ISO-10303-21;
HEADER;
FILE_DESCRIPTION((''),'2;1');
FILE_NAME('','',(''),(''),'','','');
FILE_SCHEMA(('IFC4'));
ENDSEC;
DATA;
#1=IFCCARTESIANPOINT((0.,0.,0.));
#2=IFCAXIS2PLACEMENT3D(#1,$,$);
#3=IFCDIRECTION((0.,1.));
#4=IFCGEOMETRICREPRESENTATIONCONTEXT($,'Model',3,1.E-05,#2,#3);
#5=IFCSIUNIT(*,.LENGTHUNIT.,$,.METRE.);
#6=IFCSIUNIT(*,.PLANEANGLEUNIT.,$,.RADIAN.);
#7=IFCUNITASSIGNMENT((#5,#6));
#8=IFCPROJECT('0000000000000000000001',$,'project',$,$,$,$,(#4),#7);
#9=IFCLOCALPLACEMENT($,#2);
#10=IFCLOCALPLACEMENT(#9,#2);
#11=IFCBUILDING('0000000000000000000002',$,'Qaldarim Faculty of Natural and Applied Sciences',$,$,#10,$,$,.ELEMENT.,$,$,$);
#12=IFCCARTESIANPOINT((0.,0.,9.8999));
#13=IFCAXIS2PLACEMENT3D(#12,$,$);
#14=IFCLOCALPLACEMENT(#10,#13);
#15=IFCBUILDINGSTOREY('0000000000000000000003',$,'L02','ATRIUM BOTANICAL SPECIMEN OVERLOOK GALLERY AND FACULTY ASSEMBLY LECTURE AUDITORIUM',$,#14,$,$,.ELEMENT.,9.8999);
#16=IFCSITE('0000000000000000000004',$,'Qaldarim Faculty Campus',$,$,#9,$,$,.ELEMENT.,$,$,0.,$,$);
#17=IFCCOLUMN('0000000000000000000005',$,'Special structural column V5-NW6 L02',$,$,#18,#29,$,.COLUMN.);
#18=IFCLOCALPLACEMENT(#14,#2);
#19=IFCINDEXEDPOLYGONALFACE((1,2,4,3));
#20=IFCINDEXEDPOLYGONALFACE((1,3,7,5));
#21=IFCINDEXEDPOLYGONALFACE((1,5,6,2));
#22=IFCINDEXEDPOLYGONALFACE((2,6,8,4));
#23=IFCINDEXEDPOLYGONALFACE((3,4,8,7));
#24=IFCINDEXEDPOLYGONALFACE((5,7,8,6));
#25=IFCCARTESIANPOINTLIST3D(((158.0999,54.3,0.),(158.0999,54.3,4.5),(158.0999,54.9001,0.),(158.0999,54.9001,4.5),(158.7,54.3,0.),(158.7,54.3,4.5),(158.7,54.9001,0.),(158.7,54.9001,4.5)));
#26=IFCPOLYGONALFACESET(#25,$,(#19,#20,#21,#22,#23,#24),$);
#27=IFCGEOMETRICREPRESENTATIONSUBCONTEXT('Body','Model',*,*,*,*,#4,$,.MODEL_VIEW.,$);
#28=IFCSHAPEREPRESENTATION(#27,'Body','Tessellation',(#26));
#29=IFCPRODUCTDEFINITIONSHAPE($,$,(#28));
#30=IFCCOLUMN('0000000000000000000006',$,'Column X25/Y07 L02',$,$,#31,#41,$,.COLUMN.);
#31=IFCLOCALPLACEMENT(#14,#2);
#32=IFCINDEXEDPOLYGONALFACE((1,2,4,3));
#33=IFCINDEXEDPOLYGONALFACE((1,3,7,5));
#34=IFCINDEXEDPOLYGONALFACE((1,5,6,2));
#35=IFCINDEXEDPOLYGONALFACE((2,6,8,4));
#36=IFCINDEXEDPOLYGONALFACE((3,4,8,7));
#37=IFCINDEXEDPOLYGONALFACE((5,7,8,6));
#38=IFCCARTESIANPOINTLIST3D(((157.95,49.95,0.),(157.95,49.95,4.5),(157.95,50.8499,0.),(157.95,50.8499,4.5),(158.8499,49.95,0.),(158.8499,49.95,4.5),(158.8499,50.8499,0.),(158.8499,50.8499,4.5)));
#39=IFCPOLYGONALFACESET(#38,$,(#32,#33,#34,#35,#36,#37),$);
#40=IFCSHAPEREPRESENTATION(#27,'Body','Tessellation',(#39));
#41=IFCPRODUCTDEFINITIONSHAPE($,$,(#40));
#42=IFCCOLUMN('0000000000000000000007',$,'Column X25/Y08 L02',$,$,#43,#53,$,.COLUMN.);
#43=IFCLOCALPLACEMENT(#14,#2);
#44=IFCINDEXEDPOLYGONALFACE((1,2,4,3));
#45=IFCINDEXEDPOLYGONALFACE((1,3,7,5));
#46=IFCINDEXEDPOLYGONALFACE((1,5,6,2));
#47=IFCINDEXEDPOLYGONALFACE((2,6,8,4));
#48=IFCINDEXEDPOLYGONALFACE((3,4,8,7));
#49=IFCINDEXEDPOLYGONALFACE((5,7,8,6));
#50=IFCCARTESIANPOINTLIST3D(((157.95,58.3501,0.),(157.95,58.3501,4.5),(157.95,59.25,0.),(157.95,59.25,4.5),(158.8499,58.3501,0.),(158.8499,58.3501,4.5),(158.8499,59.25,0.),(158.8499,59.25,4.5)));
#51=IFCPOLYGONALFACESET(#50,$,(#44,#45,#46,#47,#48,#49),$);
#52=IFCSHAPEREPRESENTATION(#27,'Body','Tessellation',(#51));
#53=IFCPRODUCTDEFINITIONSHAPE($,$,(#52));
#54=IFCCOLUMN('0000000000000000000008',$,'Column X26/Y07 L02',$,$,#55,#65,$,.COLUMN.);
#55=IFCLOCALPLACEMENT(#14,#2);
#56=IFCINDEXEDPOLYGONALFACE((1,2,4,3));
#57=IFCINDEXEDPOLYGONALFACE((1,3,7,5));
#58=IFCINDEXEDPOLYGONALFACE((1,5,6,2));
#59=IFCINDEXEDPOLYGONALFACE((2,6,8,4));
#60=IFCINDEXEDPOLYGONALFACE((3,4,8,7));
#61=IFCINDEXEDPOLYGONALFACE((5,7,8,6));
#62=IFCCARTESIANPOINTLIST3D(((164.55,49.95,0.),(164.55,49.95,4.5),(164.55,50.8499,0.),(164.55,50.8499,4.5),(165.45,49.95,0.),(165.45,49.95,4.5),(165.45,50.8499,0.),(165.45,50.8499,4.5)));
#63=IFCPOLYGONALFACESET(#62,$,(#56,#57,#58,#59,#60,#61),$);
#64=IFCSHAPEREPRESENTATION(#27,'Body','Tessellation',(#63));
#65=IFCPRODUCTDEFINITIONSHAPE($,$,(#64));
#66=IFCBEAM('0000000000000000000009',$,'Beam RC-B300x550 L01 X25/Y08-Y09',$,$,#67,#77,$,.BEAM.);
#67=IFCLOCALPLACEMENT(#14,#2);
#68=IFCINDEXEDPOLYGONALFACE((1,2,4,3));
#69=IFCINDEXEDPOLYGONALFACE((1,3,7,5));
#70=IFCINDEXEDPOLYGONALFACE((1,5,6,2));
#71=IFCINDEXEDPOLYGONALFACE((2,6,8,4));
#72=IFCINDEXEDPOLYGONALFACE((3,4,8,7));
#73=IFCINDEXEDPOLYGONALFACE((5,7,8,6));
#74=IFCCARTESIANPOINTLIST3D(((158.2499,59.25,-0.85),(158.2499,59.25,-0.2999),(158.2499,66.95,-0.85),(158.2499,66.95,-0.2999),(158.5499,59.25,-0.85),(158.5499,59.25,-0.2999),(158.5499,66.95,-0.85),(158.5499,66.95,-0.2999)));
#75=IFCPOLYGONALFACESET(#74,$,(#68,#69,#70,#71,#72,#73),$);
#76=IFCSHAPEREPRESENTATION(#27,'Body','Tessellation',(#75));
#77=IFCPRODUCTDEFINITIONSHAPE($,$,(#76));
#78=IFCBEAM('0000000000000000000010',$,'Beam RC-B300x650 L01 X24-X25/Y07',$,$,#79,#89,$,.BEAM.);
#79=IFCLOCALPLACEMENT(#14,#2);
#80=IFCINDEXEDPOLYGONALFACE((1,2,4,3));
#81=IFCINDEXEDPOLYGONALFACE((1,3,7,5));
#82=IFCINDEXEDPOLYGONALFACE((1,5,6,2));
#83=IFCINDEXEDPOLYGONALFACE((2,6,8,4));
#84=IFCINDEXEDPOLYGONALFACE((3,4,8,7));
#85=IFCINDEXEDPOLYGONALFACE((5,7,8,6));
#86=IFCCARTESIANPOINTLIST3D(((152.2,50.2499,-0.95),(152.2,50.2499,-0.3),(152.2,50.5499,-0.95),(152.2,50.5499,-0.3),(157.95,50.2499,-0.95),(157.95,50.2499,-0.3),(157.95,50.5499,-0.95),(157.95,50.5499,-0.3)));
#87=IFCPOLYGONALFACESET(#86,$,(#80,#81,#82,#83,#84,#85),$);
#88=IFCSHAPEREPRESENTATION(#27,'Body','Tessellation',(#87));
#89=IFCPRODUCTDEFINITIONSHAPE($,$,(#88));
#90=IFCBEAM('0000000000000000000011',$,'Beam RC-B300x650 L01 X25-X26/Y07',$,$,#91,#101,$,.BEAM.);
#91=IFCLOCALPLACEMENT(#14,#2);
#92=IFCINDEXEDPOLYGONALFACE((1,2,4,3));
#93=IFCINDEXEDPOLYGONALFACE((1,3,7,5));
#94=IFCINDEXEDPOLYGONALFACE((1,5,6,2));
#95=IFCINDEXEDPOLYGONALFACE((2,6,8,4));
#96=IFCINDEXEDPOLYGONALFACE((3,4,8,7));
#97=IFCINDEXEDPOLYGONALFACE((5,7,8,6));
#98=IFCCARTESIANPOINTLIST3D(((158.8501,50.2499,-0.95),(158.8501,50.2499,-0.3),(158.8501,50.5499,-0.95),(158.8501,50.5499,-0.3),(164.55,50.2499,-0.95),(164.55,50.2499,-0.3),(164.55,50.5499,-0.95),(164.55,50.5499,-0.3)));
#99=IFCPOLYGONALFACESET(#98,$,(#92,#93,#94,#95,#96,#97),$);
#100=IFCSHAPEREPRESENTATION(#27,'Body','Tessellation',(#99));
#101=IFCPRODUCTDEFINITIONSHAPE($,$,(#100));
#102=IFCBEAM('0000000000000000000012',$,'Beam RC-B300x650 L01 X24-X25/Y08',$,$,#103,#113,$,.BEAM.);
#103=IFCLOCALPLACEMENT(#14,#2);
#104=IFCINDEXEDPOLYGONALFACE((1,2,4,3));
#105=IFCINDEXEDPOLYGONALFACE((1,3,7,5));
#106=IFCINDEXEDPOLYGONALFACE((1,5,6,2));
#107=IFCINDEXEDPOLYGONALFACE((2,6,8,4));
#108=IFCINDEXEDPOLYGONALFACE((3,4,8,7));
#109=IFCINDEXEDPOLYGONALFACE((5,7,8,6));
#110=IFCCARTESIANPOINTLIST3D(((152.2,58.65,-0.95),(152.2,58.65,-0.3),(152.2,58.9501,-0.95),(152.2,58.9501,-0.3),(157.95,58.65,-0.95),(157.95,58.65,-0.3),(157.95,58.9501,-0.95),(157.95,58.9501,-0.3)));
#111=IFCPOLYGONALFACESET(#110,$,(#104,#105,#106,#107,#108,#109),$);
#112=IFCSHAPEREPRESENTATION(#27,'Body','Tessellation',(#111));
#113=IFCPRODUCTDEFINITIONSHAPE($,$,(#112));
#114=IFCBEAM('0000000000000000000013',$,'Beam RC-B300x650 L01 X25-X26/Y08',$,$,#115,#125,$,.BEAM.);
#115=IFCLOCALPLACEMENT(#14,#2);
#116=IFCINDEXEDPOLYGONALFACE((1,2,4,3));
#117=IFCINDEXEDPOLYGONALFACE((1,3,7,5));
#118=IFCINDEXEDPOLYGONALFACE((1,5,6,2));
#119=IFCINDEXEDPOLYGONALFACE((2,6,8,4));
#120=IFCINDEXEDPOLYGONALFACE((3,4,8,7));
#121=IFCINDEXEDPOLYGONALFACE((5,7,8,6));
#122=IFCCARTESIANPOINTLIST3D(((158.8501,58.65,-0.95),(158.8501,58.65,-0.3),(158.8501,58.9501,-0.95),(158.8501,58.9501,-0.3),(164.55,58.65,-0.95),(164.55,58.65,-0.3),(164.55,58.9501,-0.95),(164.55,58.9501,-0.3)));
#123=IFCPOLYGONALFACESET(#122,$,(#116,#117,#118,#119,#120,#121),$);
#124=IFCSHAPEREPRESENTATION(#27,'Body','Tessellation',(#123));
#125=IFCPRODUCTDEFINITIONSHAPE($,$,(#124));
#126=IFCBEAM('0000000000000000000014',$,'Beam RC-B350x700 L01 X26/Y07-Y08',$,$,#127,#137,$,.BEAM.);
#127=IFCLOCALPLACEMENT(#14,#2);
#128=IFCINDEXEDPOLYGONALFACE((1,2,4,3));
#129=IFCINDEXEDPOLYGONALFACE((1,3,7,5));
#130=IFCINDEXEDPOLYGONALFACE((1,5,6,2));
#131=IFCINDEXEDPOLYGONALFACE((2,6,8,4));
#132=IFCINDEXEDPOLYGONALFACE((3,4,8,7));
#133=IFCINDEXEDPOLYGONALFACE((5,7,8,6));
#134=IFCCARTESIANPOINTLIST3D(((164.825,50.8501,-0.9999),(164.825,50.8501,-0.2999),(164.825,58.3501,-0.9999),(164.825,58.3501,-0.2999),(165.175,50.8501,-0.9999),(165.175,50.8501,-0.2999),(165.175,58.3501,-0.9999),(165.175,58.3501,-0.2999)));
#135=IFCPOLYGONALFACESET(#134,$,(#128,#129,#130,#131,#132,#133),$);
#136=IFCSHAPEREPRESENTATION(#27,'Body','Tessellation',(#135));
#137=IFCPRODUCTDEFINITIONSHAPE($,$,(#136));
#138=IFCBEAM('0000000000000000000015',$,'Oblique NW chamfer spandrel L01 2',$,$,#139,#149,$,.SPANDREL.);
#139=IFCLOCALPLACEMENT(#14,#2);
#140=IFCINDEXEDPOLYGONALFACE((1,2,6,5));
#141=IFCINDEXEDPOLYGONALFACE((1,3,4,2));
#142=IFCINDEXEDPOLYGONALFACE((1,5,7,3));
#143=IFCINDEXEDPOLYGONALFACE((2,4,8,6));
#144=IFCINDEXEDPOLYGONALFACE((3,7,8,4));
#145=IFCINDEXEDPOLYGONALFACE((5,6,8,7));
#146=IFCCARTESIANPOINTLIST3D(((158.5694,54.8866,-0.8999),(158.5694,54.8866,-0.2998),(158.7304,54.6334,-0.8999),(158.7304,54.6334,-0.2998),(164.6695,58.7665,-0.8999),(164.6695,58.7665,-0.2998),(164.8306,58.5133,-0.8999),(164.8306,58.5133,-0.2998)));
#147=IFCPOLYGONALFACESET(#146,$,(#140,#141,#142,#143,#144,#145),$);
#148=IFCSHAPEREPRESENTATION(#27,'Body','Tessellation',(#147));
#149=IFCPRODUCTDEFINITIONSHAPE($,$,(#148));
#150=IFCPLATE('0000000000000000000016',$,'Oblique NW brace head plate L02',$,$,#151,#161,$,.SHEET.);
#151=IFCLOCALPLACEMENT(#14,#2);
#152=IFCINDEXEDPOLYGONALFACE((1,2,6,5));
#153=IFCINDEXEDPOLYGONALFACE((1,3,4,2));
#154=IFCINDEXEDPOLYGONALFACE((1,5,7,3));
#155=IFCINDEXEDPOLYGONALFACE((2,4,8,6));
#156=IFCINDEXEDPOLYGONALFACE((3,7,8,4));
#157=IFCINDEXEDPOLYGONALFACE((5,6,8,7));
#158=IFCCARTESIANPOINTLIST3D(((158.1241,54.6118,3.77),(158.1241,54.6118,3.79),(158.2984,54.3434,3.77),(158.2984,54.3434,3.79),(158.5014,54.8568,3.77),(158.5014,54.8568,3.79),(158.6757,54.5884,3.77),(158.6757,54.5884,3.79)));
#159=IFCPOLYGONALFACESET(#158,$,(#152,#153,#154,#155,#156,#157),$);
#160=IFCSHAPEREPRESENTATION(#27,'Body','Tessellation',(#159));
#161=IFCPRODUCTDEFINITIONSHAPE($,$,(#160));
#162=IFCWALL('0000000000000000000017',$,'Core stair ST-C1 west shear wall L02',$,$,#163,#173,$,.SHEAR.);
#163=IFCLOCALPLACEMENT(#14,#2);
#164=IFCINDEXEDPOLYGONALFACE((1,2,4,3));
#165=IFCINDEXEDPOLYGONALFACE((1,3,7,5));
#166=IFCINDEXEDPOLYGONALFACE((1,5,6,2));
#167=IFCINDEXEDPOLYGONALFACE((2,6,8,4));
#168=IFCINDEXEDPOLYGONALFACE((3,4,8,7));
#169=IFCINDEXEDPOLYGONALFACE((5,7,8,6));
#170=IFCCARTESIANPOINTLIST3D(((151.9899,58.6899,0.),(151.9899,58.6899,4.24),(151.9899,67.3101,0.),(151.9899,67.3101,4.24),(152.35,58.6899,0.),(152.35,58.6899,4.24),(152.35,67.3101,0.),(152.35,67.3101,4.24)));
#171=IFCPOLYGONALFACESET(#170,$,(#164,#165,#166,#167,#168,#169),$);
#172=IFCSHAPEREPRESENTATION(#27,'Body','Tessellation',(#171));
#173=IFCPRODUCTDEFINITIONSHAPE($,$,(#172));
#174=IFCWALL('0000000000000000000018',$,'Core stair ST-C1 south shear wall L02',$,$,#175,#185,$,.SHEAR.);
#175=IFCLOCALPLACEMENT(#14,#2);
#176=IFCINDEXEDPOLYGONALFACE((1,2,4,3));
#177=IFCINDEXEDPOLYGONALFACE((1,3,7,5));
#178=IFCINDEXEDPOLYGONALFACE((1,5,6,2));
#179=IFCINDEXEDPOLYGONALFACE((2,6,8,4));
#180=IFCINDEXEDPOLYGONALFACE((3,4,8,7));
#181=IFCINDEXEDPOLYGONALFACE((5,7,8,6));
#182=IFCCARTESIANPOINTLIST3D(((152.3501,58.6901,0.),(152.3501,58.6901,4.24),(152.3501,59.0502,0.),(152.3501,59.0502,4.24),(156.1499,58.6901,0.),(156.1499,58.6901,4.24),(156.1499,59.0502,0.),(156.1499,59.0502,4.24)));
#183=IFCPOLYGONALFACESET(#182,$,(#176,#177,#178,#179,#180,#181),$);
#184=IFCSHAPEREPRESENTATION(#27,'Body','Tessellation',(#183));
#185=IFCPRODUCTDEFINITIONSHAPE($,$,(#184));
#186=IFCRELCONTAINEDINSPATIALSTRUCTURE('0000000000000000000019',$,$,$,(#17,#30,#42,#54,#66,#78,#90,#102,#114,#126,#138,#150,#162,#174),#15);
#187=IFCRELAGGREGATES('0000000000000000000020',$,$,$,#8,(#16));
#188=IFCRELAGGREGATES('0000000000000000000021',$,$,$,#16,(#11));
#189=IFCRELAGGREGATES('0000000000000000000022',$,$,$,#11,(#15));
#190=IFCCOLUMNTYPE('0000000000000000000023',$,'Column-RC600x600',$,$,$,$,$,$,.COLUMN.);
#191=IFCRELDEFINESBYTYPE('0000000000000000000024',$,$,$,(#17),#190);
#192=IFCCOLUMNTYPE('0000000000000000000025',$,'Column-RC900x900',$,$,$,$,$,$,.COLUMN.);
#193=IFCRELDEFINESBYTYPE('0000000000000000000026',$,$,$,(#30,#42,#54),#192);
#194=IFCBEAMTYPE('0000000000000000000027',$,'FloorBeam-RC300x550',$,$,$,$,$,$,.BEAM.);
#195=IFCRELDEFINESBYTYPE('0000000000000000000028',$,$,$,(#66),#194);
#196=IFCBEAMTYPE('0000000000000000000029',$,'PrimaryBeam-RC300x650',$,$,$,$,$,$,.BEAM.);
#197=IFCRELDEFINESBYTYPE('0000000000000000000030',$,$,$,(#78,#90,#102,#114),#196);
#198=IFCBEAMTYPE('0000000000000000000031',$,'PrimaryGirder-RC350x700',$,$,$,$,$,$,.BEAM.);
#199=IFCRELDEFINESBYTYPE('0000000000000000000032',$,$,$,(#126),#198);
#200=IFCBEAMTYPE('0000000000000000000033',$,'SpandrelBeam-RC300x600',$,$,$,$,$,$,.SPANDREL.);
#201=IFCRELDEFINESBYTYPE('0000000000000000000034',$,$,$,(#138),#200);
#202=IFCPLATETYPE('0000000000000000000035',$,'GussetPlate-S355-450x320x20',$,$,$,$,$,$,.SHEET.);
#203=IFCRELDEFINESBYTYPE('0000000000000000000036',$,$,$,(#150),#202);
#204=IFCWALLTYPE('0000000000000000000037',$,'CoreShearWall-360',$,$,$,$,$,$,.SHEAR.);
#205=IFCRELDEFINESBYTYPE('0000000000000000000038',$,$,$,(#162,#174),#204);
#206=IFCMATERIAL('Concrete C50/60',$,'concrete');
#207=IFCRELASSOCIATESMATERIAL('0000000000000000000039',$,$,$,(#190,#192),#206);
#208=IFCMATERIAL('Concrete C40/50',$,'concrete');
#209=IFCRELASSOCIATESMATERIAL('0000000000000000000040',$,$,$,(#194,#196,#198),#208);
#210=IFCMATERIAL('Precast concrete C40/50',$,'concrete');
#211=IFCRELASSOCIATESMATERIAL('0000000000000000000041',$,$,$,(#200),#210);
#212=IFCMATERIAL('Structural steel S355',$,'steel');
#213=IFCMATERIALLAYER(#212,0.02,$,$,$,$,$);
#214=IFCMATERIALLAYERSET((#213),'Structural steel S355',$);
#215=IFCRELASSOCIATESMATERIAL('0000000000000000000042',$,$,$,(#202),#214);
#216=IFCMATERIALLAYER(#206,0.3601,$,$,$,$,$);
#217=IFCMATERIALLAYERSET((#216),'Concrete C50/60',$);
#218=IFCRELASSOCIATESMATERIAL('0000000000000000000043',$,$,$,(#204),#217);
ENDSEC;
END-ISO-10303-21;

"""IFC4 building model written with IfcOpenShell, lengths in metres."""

from ifc_helpers import new_model, si_unit, direction, frame, frame_2d, origin, origin_2d, place, context, subcontext, project, spatial, rectangle, extrude, material, layer, layer_set, material_profile, profile_set, type_object, element, save


model = new_model("IFC4")

# Units and contexts
model_context = context("Model", 3, precision=1e-05, world=origin(), true_north=direction((0.0, 1.0)))
body_context = subcontext(model_context, "Body", "Model", "MODEL_VIEW")
ifc_project = project(units=[si_unit("LENGTHUNIT", "METRE"), si_unit("PLANEANGLEUNIT", "RADIAN")], contexts=[model_context])

# Site, building, storey
site_placement = place(None, origin())
site = spatial("IfcSite", under=ifc_project, at=site_placement, Name="Qaldarim Faculty Campus", CompositionType="ELEMENT", RefElevation=0.0)
building_placement = place(site_placement, origin())
building = spatial("IfcBuilding", under=site, at=building_placement, Name="Qaldarim Faculty of Natural and Applied Sciences", CompositionType="ELEMENT")
storey_placement = place(building_placement, frame((0.0, 0.0, 9.8999)))
storey = spatial("IfcBuildingStorey", under=building, at=storey_placement, Name="L02", Description="ATRIUM BOTANICAL SPECIMEN OVERLOOK GALLERY AND FACULTY ASSEMBLY LECTURE AUDITORIUM", CompositionType="ELEMENT", Elevation=9.8999)

# Columns
ifc_material_1 = material(Name="Concrete C50/60", Category="concrete")
ifc_material_profile_1 = material_profile(ifc_material_1, rectangle(XDim=0.6001, YDim=0.6001, at=origin_2d()), Name="RC-C600x600")
ifc_profile_set_1 = profile_set([ifc_material_profile_1], Name="Concrete C50/60")
column_type_1 = type_object("IfcColumnType", Name="Column-RC600x600", PredefinedType="COLUMN", material=ifc_profile_set_1)
column_placement = place(storey_placement, frame((158.3999, 54.6001, 0.0), z_axis=(0.0, 0.0, 1.0), x_axis=(1.0, 0.0, 0.0)))
element("IfcColumn", 1, at=column_placement, inside=storey, type_object=column_type_1, Name="Special structural column V5-NW6 L02", PredefinedType="COLUMN", context=body_context, shape_type="SweptSolid", body=[
    extrude(rectangle(XDim=0.6001, YDim=0.6001, at=origin_2d()), origin(), (0.0, 0.0, 1.0), 4.5),
])
ifc_material_profile_2 = material_profile(ifc_material_1, rectangle(XDim=0.8999, YDim=0.8999, at=origin_2d()), Name="RC-C900x900")
ifc_profile_set_2 = profile_set([ifc_material_profile_2], Name="Concrete C50/60")
column_type_2 = type_object("IfcColumnType", Name="Column-RC900x900", PredefinedType="COLUMN", material=ifc_profile_set_2)
for number, where, z_axis, x_axis, name in (
    (2, (158.3999, 50.3999, 0.0), (0.0, 0.0, 1.0), (1.0, 0.0, 0.0), "Column X25/Y07 L02"),
    (3, (158.3999, 58.8, 0.0), (0.0, 0.0, 1.0), (1.0, 0.0, 0.0), "Column X25/Y08 L02"),
    (4, (165.0, 50.3999, 0.0), (0.0, 0.0, 1.0), (1.0, 0.0, 0.0), "Column X26/Y07 L02"),
):
    element("IfcColumn", number, at=place(storey_placement, frame(where, z_axis=z_axis, x_axis=x_axis)), inside=storey, type_object=column_type_2, Name=name, PredefinedType="COLUMN", context=body_context, shape_type="SweptSolid", body=[
        extrude(rectangle(XDim=0.8999, YDim=0.8999, at=origin_2d()), origin(), (0.0, 0.0, 1.0), 4.5),
    ])

# Beams
ifc_material_2 = material(Name="Concrete C40/50", Category="concrete")
ifc_material_profile_3 = material_profile(ifc_material_2, rectangle(XDim=0.3, YDim=0.55, at=origin_2d()), Name="RC-B300x550")
ifc_profile_set_3 = profile_set([ifc_material_profile_3], Name="Concrete C40/50")
beam_type_1 = type_object("IfcBeamType", Name="FloorBeam-RC300x550", PredefinedType="BEAM", material=ifc_profile_set_3)
beam_1_placement = place(storey_placement, frame((158.3999, 59.25, -0.575), z_axis=(0.0, 1.0, 0.0), x_axis=(-1.0, 0.0, 0.0)))
element("IfcBeam", 5, at=beam_1_placement, inside=storey, type_object=beam_type_1, Name="Beam RC-B300x550 L01 X25/Y08-Y09", PredefinedType="BEAM", context=body_context, shape_type="SweptSolid", body=[
    extrude(rectangle(XDim=0.3, YDim=0.55, at=origin_2d()), origin(), (0.0, 0.0, 1.0), 7.7),
])
ifc_material_profile_4 = material_profile(ifc_material_2, rectangle(XDim=0.3, YDim=0.6499, at=origin_2d()), Name="RC-B300x650")
ifc_profile_set_4 = profile_set([ifc_material_profile_4], Name="Concrete C40/50")
beam_type_2 = type_object("IfcBeamType", Name="PrimaryBeam-RC300x650", PredefinedType="BEAM", material=ifc_profile_set_4)
beam_2_placement = place(storey_placement, frame((152.2, 50.3999, -0.625), z_axis=(1.0, 0.0, 0.0), x_axis=(0.0, 1.0, 0.0)))
element("IfcBeam", 6, at=beam_2_placement, inside=storey, type_object=beam_type_2, Name="Beam RC-B300x650 L01 X24-X25/Y07", PredefinedType="BEAM", context=body_context, shape_type="SweptSolid", body=[
    extrude(rectangle(XDim=0.3, YDim=0.6499, at=origin_2d()), origin(), (0.0, 0.0, 1.0), 5.75),
])
beam_3_placement = place(storey_placement, frame((158.8501, 50.3999, -0.625), z_axis=(1.0, 0.0, 0.0), x_axis=(0.0, 1.0, 0.0)))
element("IfcBeam", 7, at=beam_3_placement, inside=storey, type_object=beam_type_2, Name="Beam RC-B300x650 L01 X25-X26/Y07", PredefinedType="BEAM", context=body_context, shape_type="SweptSolid", body=[
    extrude(rectangle(XDim=0.3, YDim=0.6499, at=origin_2d()), origin(), (0.0, 0.0, 1.0), 5.7),
])
beam_4_placement = place(storey_placement, frame((152.2, 58.8, -0.625), z_axis=(1.0, 0.0, 0.0), x_axis=(0.0, 1.0, 0.0)))
element("IfcBeam", 8, at=beam_4_placement, inside=storey, type_object=beam_type_2, Name="Beam RC-B300x650 L01 X24-X25/Y08", PredefinedType="BEAM", context=body_context, shape_type="SweptSolid", body=[
    extrude(rectangle(XDim=0.3, YDim=0.6499, at=origin_2d()), origin(), (0.0, 0.0, 1.0), 5.75),
])
beam_5_placement = place(storey_placement, frame((158.8501, 58.8, -0.625), z_axis=(1.0, 0.0, 0.0), x_axis=(0.0, 1.0, 0.0)))
element("IfcBeam", 9, at=beam_5_placement, inside=storey, type_object=beam_type_2, Name="Beam RC-B300x650 L01 X25-X26/Y08", PredefinedType="BEAM", context=body_context, shape_type="SweptSolid", body=[
    extrude(rectangle(XDim=0.3, YDim=0.6499, at=origin_2d()), origin(), (0.0, 0.0, 1.0), 5.7),
])
ifc_material_profile_5 = material_profile(ifc_material_2, rectangle(XDim=0.3501, YDim=0.7, at=origin_2d()), Name="RC-B350x700")
ifc_profile_set_5 = profile_set([ifc_material_profile_5], Name="Concrete C40/50")
beam_type_3 = type_object("IfcBeamType", Name="PrimaryGirder-RC350x700", PredefinedType="BEAM", material=ifc_profile_set_5)
beam_6_placement = place(storey_placement, frame((165.0, 50.8501, -0.6499), z_axis=(0.0, 1.0, 0.0), x_axis=(-1.0, 0.0, 0.0)))
element("IfcBeam", 10, at=beam_6_placement, inside=storey, type_object=beam_type_3, Name="Beam RC-B350x700 L01 X26/Y07-Y08", PredefinedType="BEAM", context=body_context, shape_type="SweptSolid", body=[
    extrude(rectangle(XDim=0.3501, YDim=0.7, at=origin_2d()), origin(), (0.0, 0.0, 1.0), 7.5),
])
ifc_material_3 = material(Name="Precast concrete C40/50", Category="concrete")
ifc_material_profile_6 = material_profile(ifc_material_3, rectangle(XDim=0.3, YDim=0.6001, at=origin_2d()), Name="RC-SP300x600")
ifc_profile_set_6 = profile_set([ifc_material_profile_6], Name="Precast concrete C40/50")
beam_type_4 = type_object("IfcBeamType", Name="SpandrelBeam-RC300x600", PredefinedType="SPANDREL", material=ifc_profile_set_6)
beam_7_placement = place(storey_placement, frame((158.6499, 54.76, -0.5999), z_axis=(0.843787, 0.536679, 0.0), x_axis=(-0.536679, 0.843787, 0.0)))
element("IfcBeam", 11, at=beam_7_placement, inside=storey, type_object=beam_type_4, Name="Oblique NW chamfer spandrel L01 2", PredefinedType="SPANDREL", context=body_context, shape_type="SweptSolid", body=[
    extrude(rectangle(XDim=0.3, YDim=0.6001, at=origin_2d()), origin(), (0.0, 0.0, 1.0), 7.2295),
])

# Plate
ifc_material_4 = material(Name="Structural steel S355", Category="steel")
ifc_layer_1 = layer(ifc_material_4, 0.02)
ifc_layer_set_1 = layer_set([ifc_layer_1], Name="Structural steel S355")
plate_type = type_object("IfcPlateType", Name="GussetPlate-S355-450x320x20", PredefinedType="SHEET", material=ifc_layer_set_1)
plate_placement = place(storey_placement, frame((158.3999, 54.6001, 3.77), z_axis=(0.0, 0.0, 1.0), x_axis=(0.838671, 0.544639, 0.0)))
element("IfcPlate", 12, at=plate_placement, inside=storey, type_object=plate_type, Name="Oblique NW brace head plate L02", PredefinedType="SHEET", context=body_context, shape_type="SweptSolid", body=[
    extrude(rectangle(XDim=0.45, YDim=0.3201, at=origin_2d()), origin(), (0.0, 0.0, 1.0), 0.02),
])

# Wall
ifc_layer_2 = layer(ifc_material_1, 0.3601)
ifc_layer_set_2 = layer_set([ifc_layer_2], Name="Concrete C50/60")
wall_type_1 = type_object("IfcWallType", Name="CoreShearWall-360", PredefinedType="SHEAR", material=ifc_layer_set_2)
wall_1_placement = place(storey_placement, frame((152.1699, 58.6899, 0.0), z_axis=(0.0, 0.0, 1.0), x_axis=(0.0, 1.0, 0.0)))
element("IfcWall", 13, at=wall_1_placement, inside=storey, type_object=wall_type_1, Name="Core stair ST-C1 west shear wall L02", PredefinedType="SHEAR", context=body_context, shape_type="SweptSolid", body=[
    extrude(rectangle(XDim=8.6201, YDim=0.3601, at=frame_2d((4.3101, 0.0))), origin(), (0.0, 0.0, 1.0), 4.24),
])

# Wall
wall_2_placement = place(storey_placement, frame((152.3501, 58.8701, 0.0), z_axis=(0.0, 0.0, 1.0), x_axis=(1.0, 0.0, 0.0)))
element("IfcWall", 14, at=wall_2_placement, inside=storey, type_object=wall_type_1, Name="Core stair ST-C1 south shear wall L02", PredefinedType="SHEAR", context=body_context, shape_type="SweptSolid", body=[
    extrude(rectangle(XDim=3.7998, YDim=0.3601, at=frame_2d((1.8999, 0.0))), origin(), (0.0, 0.0, 1.0), 4.24),
])

save(model, "model.ifc")
